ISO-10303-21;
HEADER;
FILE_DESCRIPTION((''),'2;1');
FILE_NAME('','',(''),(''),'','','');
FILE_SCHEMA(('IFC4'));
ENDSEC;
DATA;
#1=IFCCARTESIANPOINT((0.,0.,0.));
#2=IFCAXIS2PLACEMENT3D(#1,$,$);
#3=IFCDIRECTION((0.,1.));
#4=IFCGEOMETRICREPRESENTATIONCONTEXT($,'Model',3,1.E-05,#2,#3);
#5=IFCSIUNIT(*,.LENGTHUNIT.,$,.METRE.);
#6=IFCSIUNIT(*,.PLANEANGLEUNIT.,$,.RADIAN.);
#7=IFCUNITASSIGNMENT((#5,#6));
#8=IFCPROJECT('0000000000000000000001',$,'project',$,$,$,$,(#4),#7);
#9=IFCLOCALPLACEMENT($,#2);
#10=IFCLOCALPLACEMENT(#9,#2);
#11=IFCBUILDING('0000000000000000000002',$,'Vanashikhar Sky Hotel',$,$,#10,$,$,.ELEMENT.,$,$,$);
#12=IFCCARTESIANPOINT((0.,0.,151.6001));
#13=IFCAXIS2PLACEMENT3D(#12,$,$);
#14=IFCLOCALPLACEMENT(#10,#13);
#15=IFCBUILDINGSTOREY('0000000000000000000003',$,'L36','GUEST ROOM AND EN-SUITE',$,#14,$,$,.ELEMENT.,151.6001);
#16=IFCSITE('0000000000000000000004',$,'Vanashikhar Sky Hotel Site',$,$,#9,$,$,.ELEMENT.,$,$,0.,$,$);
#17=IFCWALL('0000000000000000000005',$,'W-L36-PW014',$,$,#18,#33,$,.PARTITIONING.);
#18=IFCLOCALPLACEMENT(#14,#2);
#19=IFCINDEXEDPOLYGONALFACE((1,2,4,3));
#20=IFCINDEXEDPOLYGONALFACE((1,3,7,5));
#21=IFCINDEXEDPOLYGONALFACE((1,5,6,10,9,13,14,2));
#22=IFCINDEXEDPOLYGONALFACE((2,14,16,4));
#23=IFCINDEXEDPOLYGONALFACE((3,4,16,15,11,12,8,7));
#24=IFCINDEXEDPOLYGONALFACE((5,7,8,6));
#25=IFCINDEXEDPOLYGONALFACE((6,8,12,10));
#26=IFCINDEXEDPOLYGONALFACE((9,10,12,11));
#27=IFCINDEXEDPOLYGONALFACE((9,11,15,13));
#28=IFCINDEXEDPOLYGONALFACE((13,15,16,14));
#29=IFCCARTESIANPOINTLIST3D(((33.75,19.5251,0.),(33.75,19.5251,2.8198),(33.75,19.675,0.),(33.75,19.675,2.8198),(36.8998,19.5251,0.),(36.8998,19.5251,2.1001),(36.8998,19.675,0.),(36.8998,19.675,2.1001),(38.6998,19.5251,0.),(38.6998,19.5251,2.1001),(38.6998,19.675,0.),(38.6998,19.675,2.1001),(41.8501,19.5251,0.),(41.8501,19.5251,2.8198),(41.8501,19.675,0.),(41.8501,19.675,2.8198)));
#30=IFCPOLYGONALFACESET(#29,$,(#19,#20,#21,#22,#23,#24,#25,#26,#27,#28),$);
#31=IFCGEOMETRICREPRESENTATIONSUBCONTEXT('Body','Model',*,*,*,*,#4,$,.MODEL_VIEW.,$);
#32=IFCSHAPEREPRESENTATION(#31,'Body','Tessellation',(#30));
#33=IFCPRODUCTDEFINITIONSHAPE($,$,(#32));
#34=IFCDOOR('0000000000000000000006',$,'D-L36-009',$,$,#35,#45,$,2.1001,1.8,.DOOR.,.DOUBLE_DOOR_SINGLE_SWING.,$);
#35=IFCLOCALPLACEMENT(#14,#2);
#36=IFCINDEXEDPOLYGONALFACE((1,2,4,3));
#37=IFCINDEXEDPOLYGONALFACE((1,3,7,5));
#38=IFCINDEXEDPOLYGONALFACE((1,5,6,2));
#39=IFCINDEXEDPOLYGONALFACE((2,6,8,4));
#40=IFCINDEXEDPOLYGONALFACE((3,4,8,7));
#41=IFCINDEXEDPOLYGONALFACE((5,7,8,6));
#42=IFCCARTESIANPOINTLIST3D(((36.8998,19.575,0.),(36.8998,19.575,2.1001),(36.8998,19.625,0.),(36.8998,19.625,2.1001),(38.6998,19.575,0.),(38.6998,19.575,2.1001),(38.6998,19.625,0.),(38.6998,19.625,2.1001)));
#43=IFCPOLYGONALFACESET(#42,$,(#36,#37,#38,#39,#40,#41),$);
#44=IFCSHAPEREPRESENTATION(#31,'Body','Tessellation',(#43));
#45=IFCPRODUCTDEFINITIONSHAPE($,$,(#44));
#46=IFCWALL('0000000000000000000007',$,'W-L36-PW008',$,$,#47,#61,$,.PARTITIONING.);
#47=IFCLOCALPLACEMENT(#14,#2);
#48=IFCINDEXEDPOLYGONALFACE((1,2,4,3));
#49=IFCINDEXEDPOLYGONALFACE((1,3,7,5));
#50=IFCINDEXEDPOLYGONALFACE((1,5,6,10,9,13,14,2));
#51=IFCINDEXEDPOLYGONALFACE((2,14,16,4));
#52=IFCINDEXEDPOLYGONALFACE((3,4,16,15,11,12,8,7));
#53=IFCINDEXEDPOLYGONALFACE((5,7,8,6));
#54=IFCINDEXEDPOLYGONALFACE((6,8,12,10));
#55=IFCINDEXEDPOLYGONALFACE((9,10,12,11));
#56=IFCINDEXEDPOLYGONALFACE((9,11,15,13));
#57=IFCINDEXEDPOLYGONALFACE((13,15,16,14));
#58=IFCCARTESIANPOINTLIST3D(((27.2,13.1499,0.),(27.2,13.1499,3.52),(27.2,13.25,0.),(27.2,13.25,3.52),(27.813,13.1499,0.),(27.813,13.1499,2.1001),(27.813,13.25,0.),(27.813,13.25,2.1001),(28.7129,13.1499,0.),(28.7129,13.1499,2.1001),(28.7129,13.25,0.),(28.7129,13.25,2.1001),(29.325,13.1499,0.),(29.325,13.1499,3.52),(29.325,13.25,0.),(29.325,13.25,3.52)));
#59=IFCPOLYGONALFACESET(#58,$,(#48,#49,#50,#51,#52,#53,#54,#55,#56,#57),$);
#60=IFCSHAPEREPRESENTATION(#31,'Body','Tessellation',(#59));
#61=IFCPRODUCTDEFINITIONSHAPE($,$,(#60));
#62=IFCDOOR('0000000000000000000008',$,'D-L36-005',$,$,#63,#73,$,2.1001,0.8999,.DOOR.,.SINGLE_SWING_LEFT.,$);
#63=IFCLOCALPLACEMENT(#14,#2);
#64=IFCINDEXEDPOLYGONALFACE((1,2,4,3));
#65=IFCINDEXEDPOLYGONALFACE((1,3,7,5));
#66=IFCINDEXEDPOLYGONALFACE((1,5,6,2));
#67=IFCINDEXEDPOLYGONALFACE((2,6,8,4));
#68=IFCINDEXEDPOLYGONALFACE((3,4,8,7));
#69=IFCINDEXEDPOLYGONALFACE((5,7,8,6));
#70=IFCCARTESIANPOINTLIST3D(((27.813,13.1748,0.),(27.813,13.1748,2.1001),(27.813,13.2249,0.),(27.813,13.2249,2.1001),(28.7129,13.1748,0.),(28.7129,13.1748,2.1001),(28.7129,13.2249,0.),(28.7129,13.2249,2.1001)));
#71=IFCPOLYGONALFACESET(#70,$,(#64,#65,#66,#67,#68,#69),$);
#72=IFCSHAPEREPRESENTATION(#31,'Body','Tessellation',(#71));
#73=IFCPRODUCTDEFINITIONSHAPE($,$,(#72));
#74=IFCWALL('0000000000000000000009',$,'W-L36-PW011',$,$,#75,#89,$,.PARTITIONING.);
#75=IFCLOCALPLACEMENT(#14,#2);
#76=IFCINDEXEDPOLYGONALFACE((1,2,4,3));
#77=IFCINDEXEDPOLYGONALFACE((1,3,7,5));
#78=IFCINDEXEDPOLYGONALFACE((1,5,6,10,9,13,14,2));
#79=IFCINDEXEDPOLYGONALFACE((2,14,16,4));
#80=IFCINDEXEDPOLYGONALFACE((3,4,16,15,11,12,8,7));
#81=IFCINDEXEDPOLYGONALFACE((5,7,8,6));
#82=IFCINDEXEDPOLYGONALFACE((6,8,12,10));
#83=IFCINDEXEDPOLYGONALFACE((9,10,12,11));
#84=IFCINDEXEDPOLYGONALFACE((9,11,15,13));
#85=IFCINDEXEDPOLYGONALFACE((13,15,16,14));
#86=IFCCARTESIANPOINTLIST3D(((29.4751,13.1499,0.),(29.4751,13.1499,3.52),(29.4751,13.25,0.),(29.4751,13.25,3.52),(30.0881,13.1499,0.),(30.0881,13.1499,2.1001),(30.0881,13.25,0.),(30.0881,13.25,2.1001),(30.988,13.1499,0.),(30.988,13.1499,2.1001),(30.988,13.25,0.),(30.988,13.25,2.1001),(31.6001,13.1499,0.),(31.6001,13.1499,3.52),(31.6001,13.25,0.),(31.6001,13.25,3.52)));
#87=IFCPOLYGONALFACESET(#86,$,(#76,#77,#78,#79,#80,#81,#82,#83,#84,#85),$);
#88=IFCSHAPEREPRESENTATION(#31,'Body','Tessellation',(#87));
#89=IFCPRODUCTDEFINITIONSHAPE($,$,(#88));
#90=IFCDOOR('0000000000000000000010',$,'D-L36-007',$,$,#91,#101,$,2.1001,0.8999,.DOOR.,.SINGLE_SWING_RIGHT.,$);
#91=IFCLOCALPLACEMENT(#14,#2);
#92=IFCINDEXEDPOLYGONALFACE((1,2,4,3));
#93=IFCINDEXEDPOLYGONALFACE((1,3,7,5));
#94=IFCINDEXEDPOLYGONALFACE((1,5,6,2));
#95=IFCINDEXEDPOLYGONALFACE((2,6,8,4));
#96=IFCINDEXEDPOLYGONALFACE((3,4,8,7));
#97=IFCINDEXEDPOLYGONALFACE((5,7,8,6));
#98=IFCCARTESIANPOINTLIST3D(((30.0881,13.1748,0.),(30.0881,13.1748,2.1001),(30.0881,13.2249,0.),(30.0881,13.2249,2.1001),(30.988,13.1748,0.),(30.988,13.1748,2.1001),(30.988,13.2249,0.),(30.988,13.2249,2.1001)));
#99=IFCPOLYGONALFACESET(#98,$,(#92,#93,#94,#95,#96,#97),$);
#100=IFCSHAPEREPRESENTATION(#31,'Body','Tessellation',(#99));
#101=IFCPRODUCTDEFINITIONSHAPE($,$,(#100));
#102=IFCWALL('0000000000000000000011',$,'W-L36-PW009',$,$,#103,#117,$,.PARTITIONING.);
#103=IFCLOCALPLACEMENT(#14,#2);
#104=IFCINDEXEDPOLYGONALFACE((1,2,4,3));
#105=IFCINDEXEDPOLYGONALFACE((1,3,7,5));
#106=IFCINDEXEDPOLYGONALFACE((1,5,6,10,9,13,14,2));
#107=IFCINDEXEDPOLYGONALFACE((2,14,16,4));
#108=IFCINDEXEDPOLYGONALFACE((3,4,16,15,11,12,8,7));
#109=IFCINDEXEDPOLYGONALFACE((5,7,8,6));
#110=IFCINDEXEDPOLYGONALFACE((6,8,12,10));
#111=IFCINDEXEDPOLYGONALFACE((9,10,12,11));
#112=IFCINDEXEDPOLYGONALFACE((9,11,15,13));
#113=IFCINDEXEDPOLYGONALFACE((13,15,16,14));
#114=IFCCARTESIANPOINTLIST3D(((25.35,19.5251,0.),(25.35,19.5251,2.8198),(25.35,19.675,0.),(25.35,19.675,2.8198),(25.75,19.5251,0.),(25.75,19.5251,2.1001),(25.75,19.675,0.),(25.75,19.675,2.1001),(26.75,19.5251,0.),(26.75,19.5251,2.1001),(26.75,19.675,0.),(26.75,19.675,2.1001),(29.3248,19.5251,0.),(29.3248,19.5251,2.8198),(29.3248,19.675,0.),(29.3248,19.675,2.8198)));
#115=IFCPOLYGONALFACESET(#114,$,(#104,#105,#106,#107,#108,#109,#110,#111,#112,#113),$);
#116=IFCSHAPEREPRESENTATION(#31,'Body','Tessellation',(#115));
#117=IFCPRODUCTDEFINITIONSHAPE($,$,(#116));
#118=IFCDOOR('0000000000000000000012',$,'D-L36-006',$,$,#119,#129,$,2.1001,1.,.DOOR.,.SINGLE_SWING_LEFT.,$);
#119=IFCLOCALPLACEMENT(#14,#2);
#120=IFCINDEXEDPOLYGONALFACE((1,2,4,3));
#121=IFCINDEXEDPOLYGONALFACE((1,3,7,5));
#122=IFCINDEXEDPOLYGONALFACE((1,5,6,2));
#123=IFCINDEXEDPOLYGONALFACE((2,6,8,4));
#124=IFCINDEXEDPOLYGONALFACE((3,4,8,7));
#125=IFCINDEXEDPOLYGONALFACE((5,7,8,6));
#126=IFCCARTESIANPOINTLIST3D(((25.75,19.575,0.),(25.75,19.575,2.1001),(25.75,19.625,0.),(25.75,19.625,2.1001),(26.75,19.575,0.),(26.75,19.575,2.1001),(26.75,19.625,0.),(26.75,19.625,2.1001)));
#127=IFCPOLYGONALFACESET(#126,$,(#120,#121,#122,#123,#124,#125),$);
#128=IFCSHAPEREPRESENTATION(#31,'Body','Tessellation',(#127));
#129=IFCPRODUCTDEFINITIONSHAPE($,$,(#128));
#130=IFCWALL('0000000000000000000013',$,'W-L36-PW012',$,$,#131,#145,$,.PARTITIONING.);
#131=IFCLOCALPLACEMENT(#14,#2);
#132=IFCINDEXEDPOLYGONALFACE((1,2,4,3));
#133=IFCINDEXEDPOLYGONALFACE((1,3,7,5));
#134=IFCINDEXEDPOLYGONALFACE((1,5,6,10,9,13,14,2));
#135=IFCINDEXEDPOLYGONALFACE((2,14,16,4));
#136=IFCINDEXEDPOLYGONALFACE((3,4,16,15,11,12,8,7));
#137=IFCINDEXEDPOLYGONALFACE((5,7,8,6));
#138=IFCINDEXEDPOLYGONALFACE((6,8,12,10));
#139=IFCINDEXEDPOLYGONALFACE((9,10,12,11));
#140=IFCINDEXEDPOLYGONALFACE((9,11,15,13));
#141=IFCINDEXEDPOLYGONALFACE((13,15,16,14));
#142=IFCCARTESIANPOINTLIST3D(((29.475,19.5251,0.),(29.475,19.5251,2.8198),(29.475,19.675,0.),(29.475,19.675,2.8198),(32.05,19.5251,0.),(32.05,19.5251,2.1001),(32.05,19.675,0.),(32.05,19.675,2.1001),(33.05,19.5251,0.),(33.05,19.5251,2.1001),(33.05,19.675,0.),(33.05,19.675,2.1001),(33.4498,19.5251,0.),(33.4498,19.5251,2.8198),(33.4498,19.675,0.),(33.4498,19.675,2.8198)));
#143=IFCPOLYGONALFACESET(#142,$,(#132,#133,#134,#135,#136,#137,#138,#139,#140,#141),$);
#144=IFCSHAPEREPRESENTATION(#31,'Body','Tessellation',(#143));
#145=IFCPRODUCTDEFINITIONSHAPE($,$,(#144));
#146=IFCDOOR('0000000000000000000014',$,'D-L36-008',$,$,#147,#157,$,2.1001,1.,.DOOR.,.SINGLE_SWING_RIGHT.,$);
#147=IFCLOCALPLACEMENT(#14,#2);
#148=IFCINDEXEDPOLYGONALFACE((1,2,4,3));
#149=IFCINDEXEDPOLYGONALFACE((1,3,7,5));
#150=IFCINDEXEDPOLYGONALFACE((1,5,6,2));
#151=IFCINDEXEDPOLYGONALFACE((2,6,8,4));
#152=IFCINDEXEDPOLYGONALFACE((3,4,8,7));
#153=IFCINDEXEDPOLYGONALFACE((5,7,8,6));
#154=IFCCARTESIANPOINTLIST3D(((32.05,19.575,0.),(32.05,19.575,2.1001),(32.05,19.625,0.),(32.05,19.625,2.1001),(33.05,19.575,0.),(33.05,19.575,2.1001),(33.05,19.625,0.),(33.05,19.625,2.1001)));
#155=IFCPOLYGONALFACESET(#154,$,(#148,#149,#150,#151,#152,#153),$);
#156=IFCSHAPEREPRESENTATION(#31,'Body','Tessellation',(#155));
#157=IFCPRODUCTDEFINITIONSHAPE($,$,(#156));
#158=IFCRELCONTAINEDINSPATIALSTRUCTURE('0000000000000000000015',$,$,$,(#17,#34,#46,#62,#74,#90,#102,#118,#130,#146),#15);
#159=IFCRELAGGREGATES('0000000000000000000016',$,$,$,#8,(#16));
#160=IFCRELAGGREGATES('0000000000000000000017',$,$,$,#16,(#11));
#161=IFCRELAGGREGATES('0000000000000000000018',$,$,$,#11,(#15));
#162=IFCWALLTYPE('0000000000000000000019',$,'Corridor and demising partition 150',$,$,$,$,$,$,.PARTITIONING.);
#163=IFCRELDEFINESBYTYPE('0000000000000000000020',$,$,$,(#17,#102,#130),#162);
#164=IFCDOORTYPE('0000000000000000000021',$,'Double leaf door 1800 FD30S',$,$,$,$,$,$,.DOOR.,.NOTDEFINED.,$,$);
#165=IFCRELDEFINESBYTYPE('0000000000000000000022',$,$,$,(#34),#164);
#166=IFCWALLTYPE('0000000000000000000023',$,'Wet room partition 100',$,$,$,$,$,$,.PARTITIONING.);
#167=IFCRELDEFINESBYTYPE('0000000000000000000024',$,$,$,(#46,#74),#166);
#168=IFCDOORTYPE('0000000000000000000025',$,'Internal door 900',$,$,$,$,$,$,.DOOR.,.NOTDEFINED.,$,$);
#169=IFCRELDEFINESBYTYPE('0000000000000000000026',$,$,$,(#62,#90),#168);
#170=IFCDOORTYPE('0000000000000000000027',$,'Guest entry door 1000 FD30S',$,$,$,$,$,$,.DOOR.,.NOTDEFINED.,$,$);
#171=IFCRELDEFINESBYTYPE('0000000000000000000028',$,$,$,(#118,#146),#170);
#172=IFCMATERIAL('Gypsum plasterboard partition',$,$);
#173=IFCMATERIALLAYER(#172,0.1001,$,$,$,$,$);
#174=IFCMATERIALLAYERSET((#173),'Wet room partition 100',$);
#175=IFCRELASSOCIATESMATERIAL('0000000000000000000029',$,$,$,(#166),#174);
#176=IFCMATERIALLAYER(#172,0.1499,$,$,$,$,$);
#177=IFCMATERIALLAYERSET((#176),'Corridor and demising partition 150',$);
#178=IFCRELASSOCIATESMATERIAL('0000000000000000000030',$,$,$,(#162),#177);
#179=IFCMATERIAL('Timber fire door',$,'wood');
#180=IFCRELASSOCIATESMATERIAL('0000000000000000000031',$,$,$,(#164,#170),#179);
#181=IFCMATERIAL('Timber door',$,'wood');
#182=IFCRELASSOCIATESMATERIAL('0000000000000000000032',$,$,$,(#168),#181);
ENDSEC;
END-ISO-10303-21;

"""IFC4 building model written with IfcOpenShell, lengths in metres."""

from ifc_helpers import new_model, si_unit, direction, frame, frame_2d, origin, place, context, subcontext, project, spatial, rectangle, extrude, source, transform, mapped, material, layer, layer_set, type_object, element, fill, save


model = new_model("IFC4")

# Units and contexts
model_context = context("Model", 3, precision=1e-05, world=origin(), true_north=direction((0.0, 1.0)))
body_context = subcontext(model_context, "Body", "Model", "MODEL_VIEW")
ifc_project = project(units=[si_unit("LENGTHUNIT", "METRE"), si_unit("PLANEANGLEUNIT", "RADIAN")], contexts=[model_context])

# Site, building, storey
site_placement = place(None, origin())
site = spatial("IfcSite", under=ifc_project, at=site_placement, Name="Vanashikhar Sky Hotel Site", CompositionType="ELEMENT", RefElevation=0.0)
building_placement = place(site_placement, origin())
building = spatial("IfcBuilding", under=site, at=building_placement, Name="Vanashikhar Sky Hotel", CompositionType="ELEMENT")
storey_placement = place(building_placement, frame((0.0, 0.0, 151.6001)))
storey = spatial("IfcBuildingStorey", under=building, at=storey_placement, Name="L36", Description="GUEST ROOM AND EN-SUITE", CompositionType="ELEMENT", Elevation=151.6001)

# Shared definitions
ifc_material_1 = material(Name="Gypsum plasterboard partition")
ifc_layer_1 = layer(ifc_material_1, 0.1001)
ifc_layer_set_1 = layer_set([ifc_layer_1], Name="Wet room partition 100")
wall_type_1 = type_object("IfcWallType", Name="Wet room partition 100", PredefinedType="PARTITIONING", material=ifc_layer_set_1)
ifc_layer_2 = layer(ifc_material_1, 0.1499)
ifc_layer_set_2 = layer_set([ifc_layer_2], Name="Corridor and demising partition 150")
wall_type_2 = type_object("IfcWallType", Name="Corridor and demising partition 150", PredefinedType="PARTITIONING", material=ifc_layer_set_2)

# Walls, openings, doors
shared_shape_1 = source(origin(), body_context, "Body", "SweptSolid", [
    extrude(rectangle(XDim=8.1001, YDim=0.1499, at=frame_2d((4.05, 0.0))), origin(), (0.0, 0.0, 1.0), 2.8198),
])
wall_1_placement = place(storey_placement, frame((33.75, 19.6001, 0.0), z_axis=(0.0, 0.0, 1.0), x_axis=(1.0, 0.0, 0.0)))
wall_1 = element("IfcWall", 1, at=wall_1_placement, inside=storey, type_object=wall_type_2, Name="W-L36-PW014", PredefinedType="PARTITIONING", context=body_context, shape_type="MappedRepresentation", body=[
    mapped(shared_shape_1, transform((0.0, 0.0, 0.0), scale=1.0)),
])
shared_shape_2 = source(origin(), body_context, "Body", "SweptSolid", [
    extrude(rectangle(XDim=1.8, YDim=2.1001, at=frame_2d((0.8999, 1.05))), frame((0.0, 0.085, 0.0), z_axis=(0.0, -1.0, 0.0), x_axis=(1.0, 0.0, 0.0)), (0.0, 0.0, 1.0), 0.1699),
])
opening_1_placement = place(wall_1_placement, frame((3.1499, 0.0, 0.0)))
opening_1 = element("IfcOpeningElement", 2, at=opening_1_placement, cuts=wall_1, PredefinedType="OPENING", context=body_context, shape_type="MappedRepresentation", body=[
    mapped(shared_shape_2, transform((0.0, 0.0, 0.0), scale=1.0)),
])
ifc_material_2 = material(Name="Timber fire door", Category="wood")
door_type_1 = type_object("IfcDoorType", Name="Double leaf door 1800 FD30S", OperationType="NOTDEFINED", PredefinedType="DOOR", material=ifc_material_2)
shared_shape_3 = source(origin(), body_context, "Body", "SweptSolid", [
    extrude(rectangle(XDim=1.8, YDim=2.1001, at=frame_2d((0.8999, 1.05))), frame((0.0, 0.0249, 0.0), z_axis=(0.0, -1.0, 0.0), x_axis=(1.0, 0.0, 0.0)), (0.0, 0.0, 1.0), 0.05),
])
door_1_placement = place(opening_1_placement, origin())
door_1 = element("IfcDoor", 3, at=door_1_placement, inside=storey, type_object=door_type_1, Name="D-L36-009", OperationType="DOUBLE_DOOR_SINGLE_SWING", OverallHeight=2.1001, OverallWidth=1.8, PredefinedType="DOOR", context=body_context, shape_type="MappedRepresentation", body=[
    mapped(shared_shape_3, transform((0.0, 0.0, 0.0), scale=1.0)),
])
fill(opening_1, door_1)
shared_shape_4 = source(origin(), body_context, "Body", "SweptSolid", [
    extrude(rectangle(XDim=2.125, YDim=0.1001, at=frame_2d((1.0625, 0.0))), origin(), (0.0, 0.0, 1.0), 3.52),
])
wall_2_placement = place(storey_placement, frame((27.2, 13.2, 0.0), z_axis=(0.0, 0.0, 1.0), x_axis=(1.0, 0.0, 0.0)))
wall_2 = element("IfcWall", 4, at=wall_2_placement, inside=storey, type_object=wall_type_1, Name="W-L36-PW008", PredefinedType="PARTITIONING", context=body_context, shape_type="MappedRepresentation", body=[
    mapped(shared_shape_4, transform((0.0, 0.0, 0.0), scale=1.0)),
])
shared_shape_5 = source(origin(), body_context, "Body", "SweptSolid", [
    extrude(rectangle(XDim=0.8999, YDim=2.1001, at=frame_2d((0.45, 1.05))), frame((0.0, 0.0601, 0.0), z_axis=(0.0, -1.0, 0.0), x_axis=(1.0, 0.0, 0.0)), (0.0, 0.0, 1.0), 0.1201),
])
opening_2_placement = place(wall_2_placement, frame((0.613, 0.0, 0.0)))
opening_2 = element("IfcOpeningElement", 5, at=opening_2_placement, cuts=wall_2, PredefinedType="OPENING", context=body_context, shape_type="MappedRepresentation", body=[
    mapped(shared_shape_5, transform((0.0, 0.0, 0.0), scale=1.0)),
])
ifc_material_3 = material(Name="Timber door", Category="wood")
door_type_2 = type_object("IfcDoorType", Name="Internal door 900", OperationType="NOTDEFINED", PredefinedType="DOOR", material=ifc_material_3)
shared_shape_6 = source(origin(), body_context, "Body", "SweptSolid", [
    extrude(rectangle(XDim=0.8999, YDim=2.1001, at=frame_2d((0.45, 1.05))), frame((0.0, 0.0249, 0.0), z_axis=(0.0, -1.0, 0.0), x_axis=(1.0, 0.0, 0.0)), (0.0, 0.0, 1.0), 0.05),
])
door_2_placement = place(opening_2_placement, origin())
door_2 = element("IfcDoor", 6, at=door_2_placement, inside=storey, type_object=door_type_2, Name="D-L36-005", OperationType="SINGLE_SWING_LEFT", OverallHeight=2.1001, OverallWidth=0.8999, PredefinedType="DOOR", context=body_context, shape_type="MappedRepresentation", body=[
    mapped(shared_shape_6, transform((0.0, 0.0, 0.0), scale=1.0)),
])
fill(opening_2, door_2)
wall_3_placement = place(storey_placement, frame((29.4751, 13.2, 0.0), z_axis=(0.0, 0.0, 1.0), x_axis=(1.0, 0.0, 0.0)))
wall_3 = element("IfcWall", 7, at=wall_3_placement, inside=storey, type_object=wall_type_1, Name="W-L36-PW011", PredefinedType="PARTITIONING", context=body_context, shape_type="MappedRepresentation", body=[
    mapped(shared_shape_4, transform((0.0, 0.0, 0.0), scale=1.0)),
])
opening_3_placement = place(wall_3_placement, frame((0.613, 0.0, 0.0)))
opening_3 = element("IfcOpeningElement", 8, at=opening_3_placement, cuts=wall_3, PredefinedType="OPENING", context=body_context, shape_type="MappedRepresentation", body=[
    mapped(shared_shape_5, transform((0.0, 0.0, 0.0), scale=1.0)),
])
door_3_placement = place(opening_3_placement, origin())
door_3 = element("IfcDoor", 9, at=door_3_placement, inside=storey, type_object=door_type_2, Name="D-L36-007", OperationType="SINGLE_SWING_RIGHT", OverallHeight=2.1001, OverallWidth=0.8999, PredefinedType="DOOR", context=body_context, shape_type="MappedRepresentation", body=[
    mapped(shared_shape_6, transform((0.0, 0.0, 0.0), scale=1.0)),
])
fill(opening_3, door_3)
shared_shape_7 = source(origin(), body_context, "Body", "SweptSolid", [
    extrude(rectangle(XDim=3.9749, YDim=0.1499, at=frame_2d((1.9873, 0.0))), origin(), (0.0, 0.0, 1.0), 2.8198),
])
wall_4_placement = place(storey_placement, frame((25.3501, 19.6001, 0.0), z_axis=(0.0, 0.0, 1.0), x_axis=(1.0, 0.0, 0.0)))
wall_4 = element("IfcWall", 10, at=wall_4_placement, inside=storey, type_object=wall_type_2, Name="W-L36-PW009", PredefinedType="PARTITIONING", context=body_context, shape_type="MappedRepresentation", body=[
    mapped(shared_shape_7, transform((0.0, 0.0, 0.0), scale=1.0)),
])
shared_shape_8 = source(origin(), body_context, "Body", "SweptSolid", [
    extrude(rectangle(XDim=1.0, YDim=2.1001, at=frame_2d((0.5, 1.05))), frame((0.0, 0.085, 0.0), z_axis=(0.0, -1.0, 0.0), x_axis=(1.0, 0.0, 0.0)), (0.0, 0.0, 1.0), 0.1699),
])
opening_4_placement = place(wall_4_placement, frame((0.3999, 0.0, 0.0)))
opening_4 = element("IfcOpeningElement", 11, at=opening_4_placement, cuts=wall_4, PredefinedType="OPENING", context=body_context, shape_type="MappedRepresentation", body=[
    mapped(shared_shape_8, transform((0.0, 0.0, 0.0), scale=1.0)),
])
door_type_3 = type_object("IfcDoorType", Name="Guest entry door 1000 FD30S", OperationType="NOTDEFINED", PredefinedType="DOOR", material=ifc_material_2)
shared_shape_9 = source(origin(), body_context, "Body", "SweptSolid", [
    extrude(rectangle(XDim=1.0, YDim=2.1001, at=frame_2d((0.5, 1.05))), frame((0.0, 0.0249, 0.0), z_axis=(0.0, -1.0, 0.0), x_axis=(1.0, 0.0, 0.0)), (0.0, 0.0, 1.0), 0.05),
])
door_4_placement = place(opening_4_placement, origin())
door_4 = element("IfcDoor", 12, at=door_4_placement, inside=storey, type_object=door_type_3, Name="D-L36-006", OperationType="SINGLE_SWING_LEFT", OverallHeight=2.1001, OverallWidth=1.0, PredefinedType="DOOR", context=body_context, shape_type="MappedRepresentation", body=[
    mapped(shared_shape_9, transform((0.0, 0.0, 0.0), scale=1.0)),
])
fill(opening_4, door_4)
wall_5_placement = place(storey_placement, frame((29.4751, 19.6001, 0.0), z_axis=(0.0, 0.0, 1.0), x_axis=(1.0, 0.0, 0.0)))
wall_5 = element("IfcWall", 13, at=wall_5_placement, inside=storey, type_object=wall_type_2, Name="W-L36-PW012", PredefinedType="PARTITIONING", context=body_context, shape_type="MappedRepresentation", body=[
    mapped(shared_shape_7, transform((0.0, 0.0, 0.0), scale=1.0)),
])
opening_5_placement = place(wall_5_placement, frame((2.575, 0.0, 0.0)))
opening_5 = element("IfcOpeningElement", 14, at=opening_5_placement, cuts=wall_5, PredefinedType="OPENING", context=body_context, shape_type="MappedRepresentation", body=[
    mapped(shared_shape_8, transform((0.0, 0.0, 0.0), scale=1.0)),
])
door_5_placement = place(opening_5_placement, origin())
door_5 = element("IfcDoor", 15, at=door_5_placement, inside=storey, type_object=door_type_3, Name="D-L36-008", OperationType="SINGLE_SWING_RIGHT", OverallHeight=2.1001, OverallWidth=1.0, PredefinedType="DOOR", context=body_context, shape_type="MappedRepresentation", body=[
    mapped(shared_shape_9, transform((0.0, 0.0, 0.0), scale=1.0)),
])
fill(opening_5, door_5)

save(model, "model.ifc")
